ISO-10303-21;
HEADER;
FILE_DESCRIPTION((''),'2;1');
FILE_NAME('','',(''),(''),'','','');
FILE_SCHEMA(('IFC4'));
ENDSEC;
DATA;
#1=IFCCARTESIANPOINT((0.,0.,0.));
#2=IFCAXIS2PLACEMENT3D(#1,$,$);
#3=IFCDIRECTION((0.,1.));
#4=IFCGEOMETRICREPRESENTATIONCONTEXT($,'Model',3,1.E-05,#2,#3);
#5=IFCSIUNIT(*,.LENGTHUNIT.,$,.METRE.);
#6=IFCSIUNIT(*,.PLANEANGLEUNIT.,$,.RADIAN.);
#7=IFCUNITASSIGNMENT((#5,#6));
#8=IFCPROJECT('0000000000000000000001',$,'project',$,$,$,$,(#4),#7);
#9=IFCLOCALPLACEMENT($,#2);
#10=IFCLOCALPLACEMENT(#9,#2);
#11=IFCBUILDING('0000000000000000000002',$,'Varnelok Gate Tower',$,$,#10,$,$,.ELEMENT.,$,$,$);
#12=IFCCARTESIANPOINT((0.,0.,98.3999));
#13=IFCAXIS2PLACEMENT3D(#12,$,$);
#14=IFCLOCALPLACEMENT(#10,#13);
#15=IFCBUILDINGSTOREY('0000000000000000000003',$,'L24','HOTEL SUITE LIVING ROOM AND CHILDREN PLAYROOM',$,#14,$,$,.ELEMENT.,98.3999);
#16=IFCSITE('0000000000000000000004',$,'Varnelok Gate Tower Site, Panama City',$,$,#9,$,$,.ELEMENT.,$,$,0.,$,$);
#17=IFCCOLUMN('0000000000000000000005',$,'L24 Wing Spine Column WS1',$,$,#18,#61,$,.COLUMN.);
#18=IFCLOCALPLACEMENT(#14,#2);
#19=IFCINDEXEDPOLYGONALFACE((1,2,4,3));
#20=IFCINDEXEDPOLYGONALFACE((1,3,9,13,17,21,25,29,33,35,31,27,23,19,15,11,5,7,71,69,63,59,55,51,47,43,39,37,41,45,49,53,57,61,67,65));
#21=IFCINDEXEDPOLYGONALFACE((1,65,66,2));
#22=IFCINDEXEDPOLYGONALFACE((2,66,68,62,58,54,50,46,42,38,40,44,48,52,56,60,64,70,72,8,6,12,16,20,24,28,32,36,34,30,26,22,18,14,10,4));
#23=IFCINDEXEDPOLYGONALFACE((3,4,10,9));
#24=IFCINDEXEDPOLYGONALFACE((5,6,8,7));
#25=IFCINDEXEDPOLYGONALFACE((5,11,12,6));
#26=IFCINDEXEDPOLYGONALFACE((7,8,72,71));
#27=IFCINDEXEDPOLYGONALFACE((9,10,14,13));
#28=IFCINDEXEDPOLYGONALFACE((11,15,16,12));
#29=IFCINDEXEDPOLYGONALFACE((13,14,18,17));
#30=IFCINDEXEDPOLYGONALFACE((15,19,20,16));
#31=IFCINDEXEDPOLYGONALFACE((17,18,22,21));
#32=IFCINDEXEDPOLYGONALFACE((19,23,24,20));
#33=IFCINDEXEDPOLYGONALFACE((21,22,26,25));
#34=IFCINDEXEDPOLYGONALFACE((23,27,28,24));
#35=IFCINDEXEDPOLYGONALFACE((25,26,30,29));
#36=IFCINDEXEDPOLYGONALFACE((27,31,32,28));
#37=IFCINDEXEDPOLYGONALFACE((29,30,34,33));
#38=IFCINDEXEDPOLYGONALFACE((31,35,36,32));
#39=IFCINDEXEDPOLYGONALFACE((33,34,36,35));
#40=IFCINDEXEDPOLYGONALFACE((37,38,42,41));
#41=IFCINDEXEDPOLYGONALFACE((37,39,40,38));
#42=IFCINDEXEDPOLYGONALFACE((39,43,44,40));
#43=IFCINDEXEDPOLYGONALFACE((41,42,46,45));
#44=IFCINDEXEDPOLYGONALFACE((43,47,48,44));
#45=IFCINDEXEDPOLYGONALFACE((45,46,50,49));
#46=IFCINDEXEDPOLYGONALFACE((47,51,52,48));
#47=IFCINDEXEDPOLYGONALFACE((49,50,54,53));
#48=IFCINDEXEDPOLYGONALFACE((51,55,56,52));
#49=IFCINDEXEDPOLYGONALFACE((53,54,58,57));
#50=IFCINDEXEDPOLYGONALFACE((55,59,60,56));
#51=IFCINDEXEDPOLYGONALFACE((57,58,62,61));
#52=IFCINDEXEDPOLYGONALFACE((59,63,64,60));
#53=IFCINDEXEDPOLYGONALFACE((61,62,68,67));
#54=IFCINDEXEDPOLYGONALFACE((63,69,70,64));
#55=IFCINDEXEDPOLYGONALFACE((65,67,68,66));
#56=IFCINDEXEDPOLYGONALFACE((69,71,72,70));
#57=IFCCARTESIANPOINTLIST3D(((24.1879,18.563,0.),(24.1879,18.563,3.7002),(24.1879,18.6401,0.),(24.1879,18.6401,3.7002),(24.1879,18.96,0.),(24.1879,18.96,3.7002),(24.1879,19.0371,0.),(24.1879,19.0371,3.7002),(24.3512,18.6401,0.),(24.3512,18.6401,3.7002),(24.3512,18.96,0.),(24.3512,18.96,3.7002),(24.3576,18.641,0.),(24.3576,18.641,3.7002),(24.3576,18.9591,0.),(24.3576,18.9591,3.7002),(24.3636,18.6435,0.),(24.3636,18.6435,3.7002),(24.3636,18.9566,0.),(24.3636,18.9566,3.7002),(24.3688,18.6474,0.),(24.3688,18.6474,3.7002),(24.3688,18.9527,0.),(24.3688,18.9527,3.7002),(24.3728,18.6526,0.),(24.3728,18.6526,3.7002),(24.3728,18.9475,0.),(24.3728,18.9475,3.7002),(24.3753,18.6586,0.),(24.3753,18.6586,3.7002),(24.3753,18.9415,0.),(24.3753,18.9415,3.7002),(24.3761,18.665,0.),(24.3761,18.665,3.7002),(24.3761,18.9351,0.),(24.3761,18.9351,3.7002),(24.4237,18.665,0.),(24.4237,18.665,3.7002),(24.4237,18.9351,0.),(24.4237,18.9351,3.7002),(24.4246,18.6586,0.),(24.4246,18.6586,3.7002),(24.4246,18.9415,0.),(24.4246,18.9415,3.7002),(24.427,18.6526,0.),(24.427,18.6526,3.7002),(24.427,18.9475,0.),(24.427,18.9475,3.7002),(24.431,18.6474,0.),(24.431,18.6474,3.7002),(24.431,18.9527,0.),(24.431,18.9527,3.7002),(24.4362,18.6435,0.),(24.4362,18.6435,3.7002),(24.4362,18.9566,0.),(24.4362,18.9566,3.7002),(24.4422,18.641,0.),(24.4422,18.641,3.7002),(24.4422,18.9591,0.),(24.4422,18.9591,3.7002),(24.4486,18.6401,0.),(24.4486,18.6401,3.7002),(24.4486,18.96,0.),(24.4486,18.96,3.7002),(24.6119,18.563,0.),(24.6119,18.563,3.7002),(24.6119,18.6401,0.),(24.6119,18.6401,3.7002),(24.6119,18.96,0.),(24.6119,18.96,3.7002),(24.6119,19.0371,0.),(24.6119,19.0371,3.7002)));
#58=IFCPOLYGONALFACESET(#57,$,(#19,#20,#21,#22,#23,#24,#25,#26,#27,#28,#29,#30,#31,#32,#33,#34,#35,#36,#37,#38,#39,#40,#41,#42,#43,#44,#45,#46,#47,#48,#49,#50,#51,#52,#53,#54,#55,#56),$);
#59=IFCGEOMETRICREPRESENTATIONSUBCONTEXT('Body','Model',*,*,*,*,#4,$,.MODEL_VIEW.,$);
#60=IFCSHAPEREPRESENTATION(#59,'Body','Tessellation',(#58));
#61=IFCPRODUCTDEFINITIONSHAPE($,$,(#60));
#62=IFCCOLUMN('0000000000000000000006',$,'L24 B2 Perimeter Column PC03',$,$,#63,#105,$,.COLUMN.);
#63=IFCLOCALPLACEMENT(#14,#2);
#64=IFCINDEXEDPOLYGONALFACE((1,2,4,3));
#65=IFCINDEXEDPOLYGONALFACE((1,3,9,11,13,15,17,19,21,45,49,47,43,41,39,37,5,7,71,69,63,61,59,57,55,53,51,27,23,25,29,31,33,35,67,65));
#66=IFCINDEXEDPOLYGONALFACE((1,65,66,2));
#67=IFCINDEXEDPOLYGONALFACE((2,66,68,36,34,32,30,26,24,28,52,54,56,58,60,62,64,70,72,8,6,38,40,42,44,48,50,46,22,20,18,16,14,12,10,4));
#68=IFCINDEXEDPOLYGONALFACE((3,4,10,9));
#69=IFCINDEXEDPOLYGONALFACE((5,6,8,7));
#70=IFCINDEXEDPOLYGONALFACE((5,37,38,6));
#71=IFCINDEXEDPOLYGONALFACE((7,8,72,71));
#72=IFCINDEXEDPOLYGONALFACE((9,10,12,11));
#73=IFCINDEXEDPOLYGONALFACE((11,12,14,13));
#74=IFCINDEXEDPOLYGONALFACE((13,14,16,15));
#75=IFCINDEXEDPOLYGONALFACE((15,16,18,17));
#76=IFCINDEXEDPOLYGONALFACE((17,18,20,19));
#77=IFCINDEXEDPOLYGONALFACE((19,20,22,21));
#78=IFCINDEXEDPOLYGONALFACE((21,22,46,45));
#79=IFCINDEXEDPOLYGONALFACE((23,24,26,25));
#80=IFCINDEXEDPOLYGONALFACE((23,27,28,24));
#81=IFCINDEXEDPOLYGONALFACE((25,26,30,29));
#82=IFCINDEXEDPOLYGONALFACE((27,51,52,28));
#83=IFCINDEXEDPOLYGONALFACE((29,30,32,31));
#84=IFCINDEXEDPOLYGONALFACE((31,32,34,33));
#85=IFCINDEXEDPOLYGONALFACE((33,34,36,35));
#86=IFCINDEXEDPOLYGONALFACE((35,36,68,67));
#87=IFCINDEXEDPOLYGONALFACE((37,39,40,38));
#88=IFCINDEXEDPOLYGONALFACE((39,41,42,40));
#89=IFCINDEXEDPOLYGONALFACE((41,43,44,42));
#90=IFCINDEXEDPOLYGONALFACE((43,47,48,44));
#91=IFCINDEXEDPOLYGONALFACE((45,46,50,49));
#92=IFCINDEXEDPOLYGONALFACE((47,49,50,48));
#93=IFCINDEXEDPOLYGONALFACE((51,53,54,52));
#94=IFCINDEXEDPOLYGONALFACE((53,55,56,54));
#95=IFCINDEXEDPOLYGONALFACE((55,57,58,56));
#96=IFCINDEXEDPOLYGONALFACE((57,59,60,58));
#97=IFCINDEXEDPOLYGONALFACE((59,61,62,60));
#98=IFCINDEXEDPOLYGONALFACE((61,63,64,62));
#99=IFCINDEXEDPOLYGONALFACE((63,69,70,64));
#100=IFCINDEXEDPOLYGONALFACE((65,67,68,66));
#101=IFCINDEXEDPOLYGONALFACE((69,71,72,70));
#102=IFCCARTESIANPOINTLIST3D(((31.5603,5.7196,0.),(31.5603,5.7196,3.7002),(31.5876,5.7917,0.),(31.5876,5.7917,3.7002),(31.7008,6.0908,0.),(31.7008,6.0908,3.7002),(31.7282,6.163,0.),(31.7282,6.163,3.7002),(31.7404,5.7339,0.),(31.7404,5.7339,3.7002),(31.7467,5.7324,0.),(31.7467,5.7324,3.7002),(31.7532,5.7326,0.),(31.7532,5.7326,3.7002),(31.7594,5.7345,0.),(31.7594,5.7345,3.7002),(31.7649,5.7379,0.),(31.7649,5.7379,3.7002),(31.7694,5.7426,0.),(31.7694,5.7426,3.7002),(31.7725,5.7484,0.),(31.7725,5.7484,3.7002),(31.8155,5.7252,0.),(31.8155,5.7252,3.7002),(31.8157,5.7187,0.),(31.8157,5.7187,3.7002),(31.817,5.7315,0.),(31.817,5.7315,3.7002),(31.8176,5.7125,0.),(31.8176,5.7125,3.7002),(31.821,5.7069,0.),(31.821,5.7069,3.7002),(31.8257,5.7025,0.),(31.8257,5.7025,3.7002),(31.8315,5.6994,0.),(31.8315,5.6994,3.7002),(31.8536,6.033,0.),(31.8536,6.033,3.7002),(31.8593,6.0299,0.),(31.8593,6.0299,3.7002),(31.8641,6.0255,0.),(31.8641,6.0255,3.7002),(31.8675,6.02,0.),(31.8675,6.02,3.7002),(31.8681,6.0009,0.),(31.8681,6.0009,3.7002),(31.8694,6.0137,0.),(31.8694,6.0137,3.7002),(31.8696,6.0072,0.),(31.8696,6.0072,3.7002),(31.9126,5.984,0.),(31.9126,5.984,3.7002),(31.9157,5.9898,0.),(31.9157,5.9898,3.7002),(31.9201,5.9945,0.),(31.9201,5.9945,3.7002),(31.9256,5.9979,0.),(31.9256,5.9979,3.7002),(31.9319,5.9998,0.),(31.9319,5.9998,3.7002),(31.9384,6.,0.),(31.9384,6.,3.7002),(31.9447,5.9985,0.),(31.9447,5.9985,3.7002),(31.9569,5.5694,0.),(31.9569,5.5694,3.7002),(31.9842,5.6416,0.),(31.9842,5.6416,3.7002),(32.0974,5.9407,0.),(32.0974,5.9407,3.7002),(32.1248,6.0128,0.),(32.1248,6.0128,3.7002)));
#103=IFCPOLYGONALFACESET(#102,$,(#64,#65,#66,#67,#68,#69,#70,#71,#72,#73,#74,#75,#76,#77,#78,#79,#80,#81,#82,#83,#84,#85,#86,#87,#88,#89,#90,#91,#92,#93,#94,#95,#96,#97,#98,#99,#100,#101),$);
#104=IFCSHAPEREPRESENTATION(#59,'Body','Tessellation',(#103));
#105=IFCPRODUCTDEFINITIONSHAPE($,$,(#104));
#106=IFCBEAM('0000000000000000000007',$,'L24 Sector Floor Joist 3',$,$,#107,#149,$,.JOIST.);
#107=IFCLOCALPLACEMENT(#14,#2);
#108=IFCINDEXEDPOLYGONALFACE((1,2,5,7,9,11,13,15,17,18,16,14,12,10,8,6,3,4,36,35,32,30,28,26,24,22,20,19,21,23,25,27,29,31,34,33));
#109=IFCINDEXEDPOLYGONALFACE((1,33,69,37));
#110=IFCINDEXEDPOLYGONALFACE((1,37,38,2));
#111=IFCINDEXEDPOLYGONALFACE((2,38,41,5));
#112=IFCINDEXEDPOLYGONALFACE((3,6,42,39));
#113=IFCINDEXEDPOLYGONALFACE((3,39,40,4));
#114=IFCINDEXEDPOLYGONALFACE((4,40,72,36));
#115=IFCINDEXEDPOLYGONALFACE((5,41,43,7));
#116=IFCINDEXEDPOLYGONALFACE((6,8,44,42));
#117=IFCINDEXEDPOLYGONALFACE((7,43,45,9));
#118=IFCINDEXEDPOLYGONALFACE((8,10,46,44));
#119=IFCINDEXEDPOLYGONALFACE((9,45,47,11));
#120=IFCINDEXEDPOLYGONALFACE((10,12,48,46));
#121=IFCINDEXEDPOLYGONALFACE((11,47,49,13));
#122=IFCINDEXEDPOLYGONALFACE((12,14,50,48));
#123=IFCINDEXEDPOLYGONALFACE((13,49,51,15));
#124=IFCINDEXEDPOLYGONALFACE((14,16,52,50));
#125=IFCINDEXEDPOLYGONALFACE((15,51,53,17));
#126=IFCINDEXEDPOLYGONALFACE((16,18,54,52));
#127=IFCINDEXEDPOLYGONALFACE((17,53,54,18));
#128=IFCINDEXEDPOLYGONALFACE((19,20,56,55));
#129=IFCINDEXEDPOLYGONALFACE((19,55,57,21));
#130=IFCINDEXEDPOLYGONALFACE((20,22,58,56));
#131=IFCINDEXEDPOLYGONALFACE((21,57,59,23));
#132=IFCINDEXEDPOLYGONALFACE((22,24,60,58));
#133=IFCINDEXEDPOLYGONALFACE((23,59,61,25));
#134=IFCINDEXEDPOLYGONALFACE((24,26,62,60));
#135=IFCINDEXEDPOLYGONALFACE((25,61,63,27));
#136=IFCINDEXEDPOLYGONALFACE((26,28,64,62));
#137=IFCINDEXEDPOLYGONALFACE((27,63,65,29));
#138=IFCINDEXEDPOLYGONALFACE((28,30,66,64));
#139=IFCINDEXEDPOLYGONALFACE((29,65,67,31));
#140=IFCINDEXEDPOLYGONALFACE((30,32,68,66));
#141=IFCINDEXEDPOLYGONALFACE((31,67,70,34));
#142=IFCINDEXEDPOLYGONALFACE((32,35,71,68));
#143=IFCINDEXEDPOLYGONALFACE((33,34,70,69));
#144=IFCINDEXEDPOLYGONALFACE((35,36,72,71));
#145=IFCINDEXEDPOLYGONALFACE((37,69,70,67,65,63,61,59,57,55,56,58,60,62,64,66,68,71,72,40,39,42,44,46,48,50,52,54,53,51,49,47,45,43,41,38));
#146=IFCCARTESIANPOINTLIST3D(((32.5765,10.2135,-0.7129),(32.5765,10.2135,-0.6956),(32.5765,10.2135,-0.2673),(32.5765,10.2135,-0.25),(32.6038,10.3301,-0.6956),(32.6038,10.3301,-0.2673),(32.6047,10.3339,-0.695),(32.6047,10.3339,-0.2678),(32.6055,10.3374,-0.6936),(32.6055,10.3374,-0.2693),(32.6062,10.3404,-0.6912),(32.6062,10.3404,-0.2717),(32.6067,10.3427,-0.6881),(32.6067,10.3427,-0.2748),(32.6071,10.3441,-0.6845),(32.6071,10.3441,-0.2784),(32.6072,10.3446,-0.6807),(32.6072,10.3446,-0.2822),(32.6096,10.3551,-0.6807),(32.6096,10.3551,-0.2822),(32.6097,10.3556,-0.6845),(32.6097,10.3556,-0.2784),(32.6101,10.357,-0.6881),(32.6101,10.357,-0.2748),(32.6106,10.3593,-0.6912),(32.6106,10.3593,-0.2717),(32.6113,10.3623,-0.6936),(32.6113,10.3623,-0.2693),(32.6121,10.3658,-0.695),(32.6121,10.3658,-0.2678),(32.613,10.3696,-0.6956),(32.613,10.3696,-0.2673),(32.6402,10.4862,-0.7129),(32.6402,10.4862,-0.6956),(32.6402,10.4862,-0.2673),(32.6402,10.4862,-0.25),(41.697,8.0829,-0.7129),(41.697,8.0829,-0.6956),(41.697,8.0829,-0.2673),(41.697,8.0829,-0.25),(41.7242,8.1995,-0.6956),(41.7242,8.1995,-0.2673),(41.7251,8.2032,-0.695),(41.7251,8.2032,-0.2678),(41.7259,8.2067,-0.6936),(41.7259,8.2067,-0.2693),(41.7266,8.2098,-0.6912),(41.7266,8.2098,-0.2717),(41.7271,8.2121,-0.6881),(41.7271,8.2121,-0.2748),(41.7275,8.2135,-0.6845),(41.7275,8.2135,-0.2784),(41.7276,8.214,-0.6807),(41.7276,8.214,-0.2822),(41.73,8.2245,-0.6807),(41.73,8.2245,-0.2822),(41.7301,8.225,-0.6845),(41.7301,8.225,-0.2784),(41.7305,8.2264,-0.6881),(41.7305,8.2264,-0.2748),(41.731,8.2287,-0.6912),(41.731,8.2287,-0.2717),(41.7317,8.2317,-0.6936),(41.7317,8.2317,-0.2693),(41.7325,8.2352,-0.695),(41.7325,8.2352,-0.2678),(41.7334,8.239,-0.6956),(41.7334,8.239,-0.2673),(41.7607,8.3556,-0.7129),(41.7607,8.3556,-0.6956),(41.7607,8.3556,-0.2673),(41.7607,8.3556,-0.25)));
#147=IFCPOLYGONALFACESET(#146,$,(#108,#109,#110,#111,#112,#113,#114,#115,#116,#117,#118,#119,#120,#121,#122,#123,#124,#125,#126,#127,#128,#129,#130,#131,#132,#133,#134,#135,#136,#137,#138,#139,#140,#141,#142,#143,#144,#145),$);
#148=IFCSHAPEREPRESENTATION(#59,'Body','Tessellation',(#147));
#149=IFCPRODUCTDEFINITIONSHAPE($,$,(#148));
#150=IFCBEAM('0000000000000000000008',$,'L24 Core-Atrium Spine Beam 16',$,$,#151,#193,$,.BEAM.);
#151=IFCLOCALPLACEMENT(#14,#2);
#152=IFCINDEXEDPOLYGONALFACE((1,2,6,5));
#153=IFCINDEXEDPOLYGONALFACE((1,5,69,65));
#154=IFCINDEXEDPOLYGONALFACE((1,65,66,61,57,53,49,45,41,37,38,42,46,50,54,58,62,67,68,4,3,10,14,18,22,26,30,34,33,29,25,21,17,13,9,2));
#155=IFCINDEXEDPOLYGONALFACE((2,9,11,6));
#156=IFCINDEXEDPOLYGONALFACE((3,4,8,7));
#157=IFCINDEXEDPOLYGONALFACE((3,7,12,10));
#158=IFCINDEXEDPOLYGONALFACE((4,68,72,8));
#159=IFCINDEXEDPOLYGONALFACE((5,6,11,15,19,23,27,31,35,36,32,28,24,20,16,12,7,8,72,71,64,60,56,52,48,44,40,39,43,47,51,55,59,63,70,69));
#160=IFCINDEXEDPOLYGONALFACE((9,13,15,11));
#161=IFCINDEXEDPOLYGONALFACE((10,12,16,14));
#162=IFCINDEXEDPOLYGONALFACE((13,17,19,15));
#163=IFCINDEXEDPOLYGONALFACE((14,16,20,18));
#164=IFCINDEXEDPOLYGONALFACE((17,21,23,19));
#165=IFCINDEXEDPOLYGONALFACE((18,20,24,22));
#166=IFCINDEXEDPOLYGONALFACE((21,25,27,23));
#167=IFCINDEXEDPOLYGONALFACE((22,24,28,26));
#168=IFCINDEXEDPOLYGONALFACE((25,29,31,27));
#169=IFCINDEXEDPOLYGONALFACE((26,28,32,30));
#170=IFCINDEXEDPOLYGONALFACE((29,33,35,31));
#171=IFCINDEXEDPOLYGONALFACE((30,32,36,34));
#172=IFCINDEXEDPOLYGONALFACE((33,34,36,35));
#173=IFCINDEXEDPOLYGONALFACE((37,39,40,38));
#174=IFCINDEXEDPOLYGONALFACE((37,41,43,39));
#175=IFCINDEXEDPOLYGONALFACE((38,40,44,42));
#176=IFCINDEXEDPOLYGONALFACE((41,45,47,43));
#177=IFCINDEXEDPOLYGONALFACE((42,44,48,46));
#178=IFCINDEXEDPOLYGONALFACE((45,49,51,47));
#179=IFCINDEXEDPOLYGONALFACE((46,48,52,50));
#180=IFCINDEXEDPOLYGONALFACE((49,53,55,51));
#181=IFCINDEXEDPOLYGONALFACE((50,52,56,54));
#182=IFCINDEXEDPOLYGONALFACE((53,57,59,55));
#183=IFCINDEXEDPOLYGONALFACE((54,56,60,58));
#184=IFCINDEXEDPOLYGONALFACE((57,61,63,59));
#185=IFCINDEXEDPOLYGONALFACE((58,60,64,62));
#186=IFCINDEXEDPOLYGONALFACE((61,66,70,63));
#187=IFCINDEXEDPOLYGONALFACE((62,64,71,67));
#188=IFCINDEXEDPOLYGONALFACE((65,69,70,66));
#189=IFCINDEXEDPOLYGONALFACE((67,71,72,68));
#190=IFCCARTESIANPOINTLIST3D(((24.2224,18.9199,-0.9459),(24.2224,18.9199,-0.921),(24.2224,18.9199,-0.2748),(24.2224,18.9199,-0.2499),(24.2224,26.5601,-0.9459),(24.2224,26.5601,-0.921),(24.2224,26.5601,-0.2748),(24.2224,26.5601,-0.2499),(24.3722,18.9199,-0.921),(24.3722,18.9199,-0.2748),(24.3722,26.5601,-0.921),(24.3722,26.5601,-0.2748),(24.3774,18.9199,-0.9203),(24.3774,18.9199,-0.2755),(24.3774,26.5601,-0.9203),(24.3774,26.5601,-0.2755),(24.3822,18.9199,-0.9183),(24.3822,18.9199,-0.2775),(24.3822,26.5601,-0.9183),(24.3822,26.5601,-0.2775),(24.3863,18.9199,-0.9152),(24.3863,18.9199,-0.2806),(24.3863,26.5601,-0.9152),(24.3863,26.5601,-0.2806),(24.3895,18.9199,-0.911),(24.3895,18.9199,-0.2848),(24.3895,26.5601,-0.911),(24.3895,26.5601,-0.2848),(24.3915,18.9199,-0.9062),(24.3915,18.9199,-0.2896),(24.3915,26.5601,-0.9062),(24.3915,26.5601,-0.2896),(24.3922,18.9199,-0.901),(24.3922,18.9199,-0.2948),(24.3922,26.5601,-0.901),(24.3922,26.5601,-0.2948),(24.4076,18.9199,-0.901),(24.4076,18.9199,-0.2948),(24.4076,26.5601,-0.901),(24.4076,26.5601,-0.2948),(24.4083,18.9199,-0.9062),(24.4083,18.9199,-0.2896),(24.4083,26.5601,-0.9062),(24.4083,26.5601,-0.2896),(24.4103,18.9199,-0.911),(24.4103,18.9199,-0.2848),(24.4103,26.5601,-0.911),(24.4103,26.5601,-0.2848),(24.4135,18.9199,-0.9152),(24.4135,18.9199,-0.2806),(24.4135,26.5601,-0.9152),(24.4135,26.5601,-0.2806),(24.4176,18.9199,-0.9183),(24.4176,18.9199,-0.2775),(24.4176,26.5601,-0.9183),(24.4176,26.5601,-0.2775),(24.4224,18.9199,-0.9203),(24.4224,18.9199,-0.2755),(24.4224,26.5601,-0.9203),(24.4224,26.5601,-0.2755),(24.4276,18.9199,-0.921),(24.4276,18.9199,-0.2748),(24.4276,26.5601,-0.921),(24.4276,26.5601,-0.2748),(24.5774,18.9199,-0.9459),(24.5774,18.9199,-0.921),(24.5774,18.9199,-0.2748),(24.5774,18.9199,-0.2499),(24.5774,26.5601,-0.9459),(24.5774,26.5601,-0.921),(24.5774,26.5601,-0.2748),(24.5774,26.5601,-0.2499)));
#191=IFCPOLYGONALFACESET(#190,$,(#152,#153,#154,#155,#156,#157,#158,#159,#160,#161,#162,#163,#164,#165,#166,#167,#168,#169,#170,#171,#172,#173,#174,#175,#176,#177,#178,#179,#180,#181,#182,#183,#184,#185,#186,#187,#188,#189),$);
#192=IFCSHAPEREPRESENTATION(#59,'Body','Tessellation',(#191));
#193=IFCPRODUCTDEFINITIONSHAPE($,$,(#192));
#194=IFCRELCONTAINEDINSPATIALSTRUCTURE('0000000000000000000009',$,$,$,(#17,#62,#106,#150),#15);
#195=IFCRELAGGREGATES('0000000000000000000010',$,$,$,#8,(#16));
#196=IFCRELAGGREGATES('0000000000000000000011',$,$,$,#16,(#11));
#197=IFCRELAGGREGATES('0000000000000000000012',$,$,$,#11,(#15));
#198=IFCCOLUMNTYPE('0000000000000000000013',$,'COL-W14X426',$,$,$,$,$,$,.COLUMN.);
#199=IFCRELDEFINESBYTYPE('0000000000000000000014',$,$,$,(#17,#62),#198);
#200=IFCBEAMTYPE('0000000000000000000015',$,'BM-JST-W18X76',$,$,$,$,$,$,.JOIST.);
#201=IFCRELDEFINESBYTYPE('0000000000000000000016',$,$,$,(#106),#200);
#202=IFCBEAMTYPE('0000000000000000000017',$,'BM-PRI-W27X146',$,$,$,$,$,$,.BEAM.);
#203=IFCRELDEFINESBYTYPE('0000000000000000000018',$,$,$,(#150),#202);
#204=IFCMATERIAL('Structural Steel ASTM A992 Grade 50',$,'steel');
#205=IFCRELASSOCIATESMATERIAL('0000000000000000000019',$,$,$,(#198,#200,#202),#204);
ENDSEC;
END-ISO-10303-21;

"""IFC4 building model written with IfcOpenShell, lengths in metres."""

from ifc_helpers import new_model, si_unit, direction, frame, origin, origin_2d, place, context, subcontext, project, spatial, i_section, extrude, material, material_profile, profile_set, type_object, element, save


model = new_model("IFC4")

# Units and contexts
model_context = context("Model", 3, precision=1e-05, world=origin(), true_north=direction((0.0, 1.0)))
body_context = subcontext(model_context, "Body", "Model", "MODEL_VIEW")
ifc_project = project(units=[si_unit("LENGTHUNIT", "METRE"), si_unit("PLANEANGLEUNIT", "RADIAN")], contexts=[model_context])

# Site, building, storey
site_placement = place(None, origin())
site = spatial("IfcSite", under=ifc_project, at=site_placement, Name="Varnelok Gate Tower Site, Panama City", CompositionType="ELEMENT", RefElevation=0.0)
building_placement = place(site_placement, origin())
building = spatial("IfcBuilding", under=site, at=building_placement, Name="Varnelok Gate Tower", CompositionType="ELEMENT")
storey_placement = place(building_placement, frame((0.0, 0.0, 98.3999)))
storey = spatial("IfcBuildingStorey", under=building, at=storey_placement, Name="L24", Description="HOTEL SUITE LIVING ROOM AND CHILDREN PLAYROOM", CompositionType="ELEMENT", Elevation=98.3999)

# Columns
ifc_material_1 = material(Name="Structural Steel ASTM A992 Grade 50", Category="steel")
ifc_material_profile_1 = material_profile(ifc_material_1, i_section(OverallWidth=0.4241, OverallDepth=0.4741, WebThickness=0.0476, FlangeThickness=0.0771, FilletRadius=0.0249, at=origin_2d()), Name="W14X426")
ifc_profile_set_1 = profile_set([ifc_material_profile_1], Name="Structural Steel ASTM A992 Grade 50")
column_type = type_object("IfcColumnType", Name="COL-W14X426", PredefinedType="COLUMN", material=ifc_profile_set_1)
for number, where, z_axis, x_axis, name in (
    (1, (24.3999, 18.8, 0.0), (0.0, 0.0, 1.0), (1.0, 0.0, 0.0), "L24 Wing Spine Column WS1"),
    (2, (31.8425, 5.8662, 0.0), (0.0, 0.0, 1.0), (0.935222, -0.354063, 0.0), "L24 B2 Perimeter Column PC03"),
):
    element("IfcColumn", number, at=place(storey_placement, frame(where, z_axis=z_axis, x_axis=x_axis)), inside=storey, type_object=column_type, Name=name, PredefinedType="COLUMN", context=body_context, shape_type="SweptSolid", body=[
        extrude(i_section(OverallWidth=0.4241, OverallDepth=0.4741, WebThickness=0.0476, FlangeThickness=0.0771, FilletRadius=0.0249, at=origin_2d()), origin(), (0.0, 0.0, 1.0), 3.7002),
    ])

# Beams
ifc_material_profile_2 = material_profile(ifc_material_1, i_section(OverallWidth=0.28, OverallDepth=0.4629, WebThickness=0.0107, FlangeThickness=0.0173, FilletRadius=0.0149, at=origin_2d()), Name="W18X76")
ifc_profile_set_2 = profile_set([ifc_material_profile_2], Name="Structural Steel ASTM A992 Grade 50")
beam_type_1 = type_object("IfcBeamType", Name="BM-JST-W18X76", PredefinedType="JOIST", material=ifc_profile_set_2)
beam_1_placement = place(storey_placement, frame((32.6084, 10.3499, -0.4814), z_axis=(0.973781, -0.227486, 0.0), x_axis=(0.227486, 0.973781, 0.0)))
element("IfcBeam", 3, at=beam_1_placement, inside=storey, type_object=beam_type_1, Name="L24 Sector Floor Joist 3", PredefinedType="JOIST", context=body_context, shape_type="SweptSolid", body=[
    extrude(i_section(OverallWidth=0.28, OverallDepth=0.4629, WebThickness=0.0107, FlangeThickness=0.0173, FilletRadius=0.0149, at=origin_2d()), origin(), (0.0, 0.0, 1.0), 9.366),
])
ifc_material_profile_3 = material_profile(ifc_material_1, i_section(OverallWidth=0.355, OverallDepth=0.696, WebThickness=0.0154, FlangeThickness=0.0249, FilletRadius=0.02, at=origin_2d()), Name="W27X146")
ifc_profile_set_3 = profile_set([ifc_material_profile_3], Name="Structural Steel ASTM A992 Grade 50")
beam_type_2 = type_object("IfcBeamType", Name="BM-PRI-W27X146", PredefinedType="BEAM", material=ifc_profile_set_3)
beam_2_placement = place(storey_placement, frame((24.3999, 18.9199, -0.5979), z_axis=(0.0, 1.0, 0.0), x_axis=(-1.0, 0.0, 0.0)))
element("IfcBeam", 4, at=beam_2_placement, inside=storey, type_object=beam_type_2, Name="L24 Core-Atrium Spine Beam 16", PredefinedType="BEAM", context=body_context, shape_type="SweptSolid", body=[
    extrude(i_section(OverallWidth=0.355, OverallDepth=0.696, WebThickness=0.0154, FlangeThickness=0.0249, FilletRadius=0.02, at=origin_2d()), origin(), (0.0, 0.0, 1.0), 7.6401),
])

save(model, "model.ifc")
